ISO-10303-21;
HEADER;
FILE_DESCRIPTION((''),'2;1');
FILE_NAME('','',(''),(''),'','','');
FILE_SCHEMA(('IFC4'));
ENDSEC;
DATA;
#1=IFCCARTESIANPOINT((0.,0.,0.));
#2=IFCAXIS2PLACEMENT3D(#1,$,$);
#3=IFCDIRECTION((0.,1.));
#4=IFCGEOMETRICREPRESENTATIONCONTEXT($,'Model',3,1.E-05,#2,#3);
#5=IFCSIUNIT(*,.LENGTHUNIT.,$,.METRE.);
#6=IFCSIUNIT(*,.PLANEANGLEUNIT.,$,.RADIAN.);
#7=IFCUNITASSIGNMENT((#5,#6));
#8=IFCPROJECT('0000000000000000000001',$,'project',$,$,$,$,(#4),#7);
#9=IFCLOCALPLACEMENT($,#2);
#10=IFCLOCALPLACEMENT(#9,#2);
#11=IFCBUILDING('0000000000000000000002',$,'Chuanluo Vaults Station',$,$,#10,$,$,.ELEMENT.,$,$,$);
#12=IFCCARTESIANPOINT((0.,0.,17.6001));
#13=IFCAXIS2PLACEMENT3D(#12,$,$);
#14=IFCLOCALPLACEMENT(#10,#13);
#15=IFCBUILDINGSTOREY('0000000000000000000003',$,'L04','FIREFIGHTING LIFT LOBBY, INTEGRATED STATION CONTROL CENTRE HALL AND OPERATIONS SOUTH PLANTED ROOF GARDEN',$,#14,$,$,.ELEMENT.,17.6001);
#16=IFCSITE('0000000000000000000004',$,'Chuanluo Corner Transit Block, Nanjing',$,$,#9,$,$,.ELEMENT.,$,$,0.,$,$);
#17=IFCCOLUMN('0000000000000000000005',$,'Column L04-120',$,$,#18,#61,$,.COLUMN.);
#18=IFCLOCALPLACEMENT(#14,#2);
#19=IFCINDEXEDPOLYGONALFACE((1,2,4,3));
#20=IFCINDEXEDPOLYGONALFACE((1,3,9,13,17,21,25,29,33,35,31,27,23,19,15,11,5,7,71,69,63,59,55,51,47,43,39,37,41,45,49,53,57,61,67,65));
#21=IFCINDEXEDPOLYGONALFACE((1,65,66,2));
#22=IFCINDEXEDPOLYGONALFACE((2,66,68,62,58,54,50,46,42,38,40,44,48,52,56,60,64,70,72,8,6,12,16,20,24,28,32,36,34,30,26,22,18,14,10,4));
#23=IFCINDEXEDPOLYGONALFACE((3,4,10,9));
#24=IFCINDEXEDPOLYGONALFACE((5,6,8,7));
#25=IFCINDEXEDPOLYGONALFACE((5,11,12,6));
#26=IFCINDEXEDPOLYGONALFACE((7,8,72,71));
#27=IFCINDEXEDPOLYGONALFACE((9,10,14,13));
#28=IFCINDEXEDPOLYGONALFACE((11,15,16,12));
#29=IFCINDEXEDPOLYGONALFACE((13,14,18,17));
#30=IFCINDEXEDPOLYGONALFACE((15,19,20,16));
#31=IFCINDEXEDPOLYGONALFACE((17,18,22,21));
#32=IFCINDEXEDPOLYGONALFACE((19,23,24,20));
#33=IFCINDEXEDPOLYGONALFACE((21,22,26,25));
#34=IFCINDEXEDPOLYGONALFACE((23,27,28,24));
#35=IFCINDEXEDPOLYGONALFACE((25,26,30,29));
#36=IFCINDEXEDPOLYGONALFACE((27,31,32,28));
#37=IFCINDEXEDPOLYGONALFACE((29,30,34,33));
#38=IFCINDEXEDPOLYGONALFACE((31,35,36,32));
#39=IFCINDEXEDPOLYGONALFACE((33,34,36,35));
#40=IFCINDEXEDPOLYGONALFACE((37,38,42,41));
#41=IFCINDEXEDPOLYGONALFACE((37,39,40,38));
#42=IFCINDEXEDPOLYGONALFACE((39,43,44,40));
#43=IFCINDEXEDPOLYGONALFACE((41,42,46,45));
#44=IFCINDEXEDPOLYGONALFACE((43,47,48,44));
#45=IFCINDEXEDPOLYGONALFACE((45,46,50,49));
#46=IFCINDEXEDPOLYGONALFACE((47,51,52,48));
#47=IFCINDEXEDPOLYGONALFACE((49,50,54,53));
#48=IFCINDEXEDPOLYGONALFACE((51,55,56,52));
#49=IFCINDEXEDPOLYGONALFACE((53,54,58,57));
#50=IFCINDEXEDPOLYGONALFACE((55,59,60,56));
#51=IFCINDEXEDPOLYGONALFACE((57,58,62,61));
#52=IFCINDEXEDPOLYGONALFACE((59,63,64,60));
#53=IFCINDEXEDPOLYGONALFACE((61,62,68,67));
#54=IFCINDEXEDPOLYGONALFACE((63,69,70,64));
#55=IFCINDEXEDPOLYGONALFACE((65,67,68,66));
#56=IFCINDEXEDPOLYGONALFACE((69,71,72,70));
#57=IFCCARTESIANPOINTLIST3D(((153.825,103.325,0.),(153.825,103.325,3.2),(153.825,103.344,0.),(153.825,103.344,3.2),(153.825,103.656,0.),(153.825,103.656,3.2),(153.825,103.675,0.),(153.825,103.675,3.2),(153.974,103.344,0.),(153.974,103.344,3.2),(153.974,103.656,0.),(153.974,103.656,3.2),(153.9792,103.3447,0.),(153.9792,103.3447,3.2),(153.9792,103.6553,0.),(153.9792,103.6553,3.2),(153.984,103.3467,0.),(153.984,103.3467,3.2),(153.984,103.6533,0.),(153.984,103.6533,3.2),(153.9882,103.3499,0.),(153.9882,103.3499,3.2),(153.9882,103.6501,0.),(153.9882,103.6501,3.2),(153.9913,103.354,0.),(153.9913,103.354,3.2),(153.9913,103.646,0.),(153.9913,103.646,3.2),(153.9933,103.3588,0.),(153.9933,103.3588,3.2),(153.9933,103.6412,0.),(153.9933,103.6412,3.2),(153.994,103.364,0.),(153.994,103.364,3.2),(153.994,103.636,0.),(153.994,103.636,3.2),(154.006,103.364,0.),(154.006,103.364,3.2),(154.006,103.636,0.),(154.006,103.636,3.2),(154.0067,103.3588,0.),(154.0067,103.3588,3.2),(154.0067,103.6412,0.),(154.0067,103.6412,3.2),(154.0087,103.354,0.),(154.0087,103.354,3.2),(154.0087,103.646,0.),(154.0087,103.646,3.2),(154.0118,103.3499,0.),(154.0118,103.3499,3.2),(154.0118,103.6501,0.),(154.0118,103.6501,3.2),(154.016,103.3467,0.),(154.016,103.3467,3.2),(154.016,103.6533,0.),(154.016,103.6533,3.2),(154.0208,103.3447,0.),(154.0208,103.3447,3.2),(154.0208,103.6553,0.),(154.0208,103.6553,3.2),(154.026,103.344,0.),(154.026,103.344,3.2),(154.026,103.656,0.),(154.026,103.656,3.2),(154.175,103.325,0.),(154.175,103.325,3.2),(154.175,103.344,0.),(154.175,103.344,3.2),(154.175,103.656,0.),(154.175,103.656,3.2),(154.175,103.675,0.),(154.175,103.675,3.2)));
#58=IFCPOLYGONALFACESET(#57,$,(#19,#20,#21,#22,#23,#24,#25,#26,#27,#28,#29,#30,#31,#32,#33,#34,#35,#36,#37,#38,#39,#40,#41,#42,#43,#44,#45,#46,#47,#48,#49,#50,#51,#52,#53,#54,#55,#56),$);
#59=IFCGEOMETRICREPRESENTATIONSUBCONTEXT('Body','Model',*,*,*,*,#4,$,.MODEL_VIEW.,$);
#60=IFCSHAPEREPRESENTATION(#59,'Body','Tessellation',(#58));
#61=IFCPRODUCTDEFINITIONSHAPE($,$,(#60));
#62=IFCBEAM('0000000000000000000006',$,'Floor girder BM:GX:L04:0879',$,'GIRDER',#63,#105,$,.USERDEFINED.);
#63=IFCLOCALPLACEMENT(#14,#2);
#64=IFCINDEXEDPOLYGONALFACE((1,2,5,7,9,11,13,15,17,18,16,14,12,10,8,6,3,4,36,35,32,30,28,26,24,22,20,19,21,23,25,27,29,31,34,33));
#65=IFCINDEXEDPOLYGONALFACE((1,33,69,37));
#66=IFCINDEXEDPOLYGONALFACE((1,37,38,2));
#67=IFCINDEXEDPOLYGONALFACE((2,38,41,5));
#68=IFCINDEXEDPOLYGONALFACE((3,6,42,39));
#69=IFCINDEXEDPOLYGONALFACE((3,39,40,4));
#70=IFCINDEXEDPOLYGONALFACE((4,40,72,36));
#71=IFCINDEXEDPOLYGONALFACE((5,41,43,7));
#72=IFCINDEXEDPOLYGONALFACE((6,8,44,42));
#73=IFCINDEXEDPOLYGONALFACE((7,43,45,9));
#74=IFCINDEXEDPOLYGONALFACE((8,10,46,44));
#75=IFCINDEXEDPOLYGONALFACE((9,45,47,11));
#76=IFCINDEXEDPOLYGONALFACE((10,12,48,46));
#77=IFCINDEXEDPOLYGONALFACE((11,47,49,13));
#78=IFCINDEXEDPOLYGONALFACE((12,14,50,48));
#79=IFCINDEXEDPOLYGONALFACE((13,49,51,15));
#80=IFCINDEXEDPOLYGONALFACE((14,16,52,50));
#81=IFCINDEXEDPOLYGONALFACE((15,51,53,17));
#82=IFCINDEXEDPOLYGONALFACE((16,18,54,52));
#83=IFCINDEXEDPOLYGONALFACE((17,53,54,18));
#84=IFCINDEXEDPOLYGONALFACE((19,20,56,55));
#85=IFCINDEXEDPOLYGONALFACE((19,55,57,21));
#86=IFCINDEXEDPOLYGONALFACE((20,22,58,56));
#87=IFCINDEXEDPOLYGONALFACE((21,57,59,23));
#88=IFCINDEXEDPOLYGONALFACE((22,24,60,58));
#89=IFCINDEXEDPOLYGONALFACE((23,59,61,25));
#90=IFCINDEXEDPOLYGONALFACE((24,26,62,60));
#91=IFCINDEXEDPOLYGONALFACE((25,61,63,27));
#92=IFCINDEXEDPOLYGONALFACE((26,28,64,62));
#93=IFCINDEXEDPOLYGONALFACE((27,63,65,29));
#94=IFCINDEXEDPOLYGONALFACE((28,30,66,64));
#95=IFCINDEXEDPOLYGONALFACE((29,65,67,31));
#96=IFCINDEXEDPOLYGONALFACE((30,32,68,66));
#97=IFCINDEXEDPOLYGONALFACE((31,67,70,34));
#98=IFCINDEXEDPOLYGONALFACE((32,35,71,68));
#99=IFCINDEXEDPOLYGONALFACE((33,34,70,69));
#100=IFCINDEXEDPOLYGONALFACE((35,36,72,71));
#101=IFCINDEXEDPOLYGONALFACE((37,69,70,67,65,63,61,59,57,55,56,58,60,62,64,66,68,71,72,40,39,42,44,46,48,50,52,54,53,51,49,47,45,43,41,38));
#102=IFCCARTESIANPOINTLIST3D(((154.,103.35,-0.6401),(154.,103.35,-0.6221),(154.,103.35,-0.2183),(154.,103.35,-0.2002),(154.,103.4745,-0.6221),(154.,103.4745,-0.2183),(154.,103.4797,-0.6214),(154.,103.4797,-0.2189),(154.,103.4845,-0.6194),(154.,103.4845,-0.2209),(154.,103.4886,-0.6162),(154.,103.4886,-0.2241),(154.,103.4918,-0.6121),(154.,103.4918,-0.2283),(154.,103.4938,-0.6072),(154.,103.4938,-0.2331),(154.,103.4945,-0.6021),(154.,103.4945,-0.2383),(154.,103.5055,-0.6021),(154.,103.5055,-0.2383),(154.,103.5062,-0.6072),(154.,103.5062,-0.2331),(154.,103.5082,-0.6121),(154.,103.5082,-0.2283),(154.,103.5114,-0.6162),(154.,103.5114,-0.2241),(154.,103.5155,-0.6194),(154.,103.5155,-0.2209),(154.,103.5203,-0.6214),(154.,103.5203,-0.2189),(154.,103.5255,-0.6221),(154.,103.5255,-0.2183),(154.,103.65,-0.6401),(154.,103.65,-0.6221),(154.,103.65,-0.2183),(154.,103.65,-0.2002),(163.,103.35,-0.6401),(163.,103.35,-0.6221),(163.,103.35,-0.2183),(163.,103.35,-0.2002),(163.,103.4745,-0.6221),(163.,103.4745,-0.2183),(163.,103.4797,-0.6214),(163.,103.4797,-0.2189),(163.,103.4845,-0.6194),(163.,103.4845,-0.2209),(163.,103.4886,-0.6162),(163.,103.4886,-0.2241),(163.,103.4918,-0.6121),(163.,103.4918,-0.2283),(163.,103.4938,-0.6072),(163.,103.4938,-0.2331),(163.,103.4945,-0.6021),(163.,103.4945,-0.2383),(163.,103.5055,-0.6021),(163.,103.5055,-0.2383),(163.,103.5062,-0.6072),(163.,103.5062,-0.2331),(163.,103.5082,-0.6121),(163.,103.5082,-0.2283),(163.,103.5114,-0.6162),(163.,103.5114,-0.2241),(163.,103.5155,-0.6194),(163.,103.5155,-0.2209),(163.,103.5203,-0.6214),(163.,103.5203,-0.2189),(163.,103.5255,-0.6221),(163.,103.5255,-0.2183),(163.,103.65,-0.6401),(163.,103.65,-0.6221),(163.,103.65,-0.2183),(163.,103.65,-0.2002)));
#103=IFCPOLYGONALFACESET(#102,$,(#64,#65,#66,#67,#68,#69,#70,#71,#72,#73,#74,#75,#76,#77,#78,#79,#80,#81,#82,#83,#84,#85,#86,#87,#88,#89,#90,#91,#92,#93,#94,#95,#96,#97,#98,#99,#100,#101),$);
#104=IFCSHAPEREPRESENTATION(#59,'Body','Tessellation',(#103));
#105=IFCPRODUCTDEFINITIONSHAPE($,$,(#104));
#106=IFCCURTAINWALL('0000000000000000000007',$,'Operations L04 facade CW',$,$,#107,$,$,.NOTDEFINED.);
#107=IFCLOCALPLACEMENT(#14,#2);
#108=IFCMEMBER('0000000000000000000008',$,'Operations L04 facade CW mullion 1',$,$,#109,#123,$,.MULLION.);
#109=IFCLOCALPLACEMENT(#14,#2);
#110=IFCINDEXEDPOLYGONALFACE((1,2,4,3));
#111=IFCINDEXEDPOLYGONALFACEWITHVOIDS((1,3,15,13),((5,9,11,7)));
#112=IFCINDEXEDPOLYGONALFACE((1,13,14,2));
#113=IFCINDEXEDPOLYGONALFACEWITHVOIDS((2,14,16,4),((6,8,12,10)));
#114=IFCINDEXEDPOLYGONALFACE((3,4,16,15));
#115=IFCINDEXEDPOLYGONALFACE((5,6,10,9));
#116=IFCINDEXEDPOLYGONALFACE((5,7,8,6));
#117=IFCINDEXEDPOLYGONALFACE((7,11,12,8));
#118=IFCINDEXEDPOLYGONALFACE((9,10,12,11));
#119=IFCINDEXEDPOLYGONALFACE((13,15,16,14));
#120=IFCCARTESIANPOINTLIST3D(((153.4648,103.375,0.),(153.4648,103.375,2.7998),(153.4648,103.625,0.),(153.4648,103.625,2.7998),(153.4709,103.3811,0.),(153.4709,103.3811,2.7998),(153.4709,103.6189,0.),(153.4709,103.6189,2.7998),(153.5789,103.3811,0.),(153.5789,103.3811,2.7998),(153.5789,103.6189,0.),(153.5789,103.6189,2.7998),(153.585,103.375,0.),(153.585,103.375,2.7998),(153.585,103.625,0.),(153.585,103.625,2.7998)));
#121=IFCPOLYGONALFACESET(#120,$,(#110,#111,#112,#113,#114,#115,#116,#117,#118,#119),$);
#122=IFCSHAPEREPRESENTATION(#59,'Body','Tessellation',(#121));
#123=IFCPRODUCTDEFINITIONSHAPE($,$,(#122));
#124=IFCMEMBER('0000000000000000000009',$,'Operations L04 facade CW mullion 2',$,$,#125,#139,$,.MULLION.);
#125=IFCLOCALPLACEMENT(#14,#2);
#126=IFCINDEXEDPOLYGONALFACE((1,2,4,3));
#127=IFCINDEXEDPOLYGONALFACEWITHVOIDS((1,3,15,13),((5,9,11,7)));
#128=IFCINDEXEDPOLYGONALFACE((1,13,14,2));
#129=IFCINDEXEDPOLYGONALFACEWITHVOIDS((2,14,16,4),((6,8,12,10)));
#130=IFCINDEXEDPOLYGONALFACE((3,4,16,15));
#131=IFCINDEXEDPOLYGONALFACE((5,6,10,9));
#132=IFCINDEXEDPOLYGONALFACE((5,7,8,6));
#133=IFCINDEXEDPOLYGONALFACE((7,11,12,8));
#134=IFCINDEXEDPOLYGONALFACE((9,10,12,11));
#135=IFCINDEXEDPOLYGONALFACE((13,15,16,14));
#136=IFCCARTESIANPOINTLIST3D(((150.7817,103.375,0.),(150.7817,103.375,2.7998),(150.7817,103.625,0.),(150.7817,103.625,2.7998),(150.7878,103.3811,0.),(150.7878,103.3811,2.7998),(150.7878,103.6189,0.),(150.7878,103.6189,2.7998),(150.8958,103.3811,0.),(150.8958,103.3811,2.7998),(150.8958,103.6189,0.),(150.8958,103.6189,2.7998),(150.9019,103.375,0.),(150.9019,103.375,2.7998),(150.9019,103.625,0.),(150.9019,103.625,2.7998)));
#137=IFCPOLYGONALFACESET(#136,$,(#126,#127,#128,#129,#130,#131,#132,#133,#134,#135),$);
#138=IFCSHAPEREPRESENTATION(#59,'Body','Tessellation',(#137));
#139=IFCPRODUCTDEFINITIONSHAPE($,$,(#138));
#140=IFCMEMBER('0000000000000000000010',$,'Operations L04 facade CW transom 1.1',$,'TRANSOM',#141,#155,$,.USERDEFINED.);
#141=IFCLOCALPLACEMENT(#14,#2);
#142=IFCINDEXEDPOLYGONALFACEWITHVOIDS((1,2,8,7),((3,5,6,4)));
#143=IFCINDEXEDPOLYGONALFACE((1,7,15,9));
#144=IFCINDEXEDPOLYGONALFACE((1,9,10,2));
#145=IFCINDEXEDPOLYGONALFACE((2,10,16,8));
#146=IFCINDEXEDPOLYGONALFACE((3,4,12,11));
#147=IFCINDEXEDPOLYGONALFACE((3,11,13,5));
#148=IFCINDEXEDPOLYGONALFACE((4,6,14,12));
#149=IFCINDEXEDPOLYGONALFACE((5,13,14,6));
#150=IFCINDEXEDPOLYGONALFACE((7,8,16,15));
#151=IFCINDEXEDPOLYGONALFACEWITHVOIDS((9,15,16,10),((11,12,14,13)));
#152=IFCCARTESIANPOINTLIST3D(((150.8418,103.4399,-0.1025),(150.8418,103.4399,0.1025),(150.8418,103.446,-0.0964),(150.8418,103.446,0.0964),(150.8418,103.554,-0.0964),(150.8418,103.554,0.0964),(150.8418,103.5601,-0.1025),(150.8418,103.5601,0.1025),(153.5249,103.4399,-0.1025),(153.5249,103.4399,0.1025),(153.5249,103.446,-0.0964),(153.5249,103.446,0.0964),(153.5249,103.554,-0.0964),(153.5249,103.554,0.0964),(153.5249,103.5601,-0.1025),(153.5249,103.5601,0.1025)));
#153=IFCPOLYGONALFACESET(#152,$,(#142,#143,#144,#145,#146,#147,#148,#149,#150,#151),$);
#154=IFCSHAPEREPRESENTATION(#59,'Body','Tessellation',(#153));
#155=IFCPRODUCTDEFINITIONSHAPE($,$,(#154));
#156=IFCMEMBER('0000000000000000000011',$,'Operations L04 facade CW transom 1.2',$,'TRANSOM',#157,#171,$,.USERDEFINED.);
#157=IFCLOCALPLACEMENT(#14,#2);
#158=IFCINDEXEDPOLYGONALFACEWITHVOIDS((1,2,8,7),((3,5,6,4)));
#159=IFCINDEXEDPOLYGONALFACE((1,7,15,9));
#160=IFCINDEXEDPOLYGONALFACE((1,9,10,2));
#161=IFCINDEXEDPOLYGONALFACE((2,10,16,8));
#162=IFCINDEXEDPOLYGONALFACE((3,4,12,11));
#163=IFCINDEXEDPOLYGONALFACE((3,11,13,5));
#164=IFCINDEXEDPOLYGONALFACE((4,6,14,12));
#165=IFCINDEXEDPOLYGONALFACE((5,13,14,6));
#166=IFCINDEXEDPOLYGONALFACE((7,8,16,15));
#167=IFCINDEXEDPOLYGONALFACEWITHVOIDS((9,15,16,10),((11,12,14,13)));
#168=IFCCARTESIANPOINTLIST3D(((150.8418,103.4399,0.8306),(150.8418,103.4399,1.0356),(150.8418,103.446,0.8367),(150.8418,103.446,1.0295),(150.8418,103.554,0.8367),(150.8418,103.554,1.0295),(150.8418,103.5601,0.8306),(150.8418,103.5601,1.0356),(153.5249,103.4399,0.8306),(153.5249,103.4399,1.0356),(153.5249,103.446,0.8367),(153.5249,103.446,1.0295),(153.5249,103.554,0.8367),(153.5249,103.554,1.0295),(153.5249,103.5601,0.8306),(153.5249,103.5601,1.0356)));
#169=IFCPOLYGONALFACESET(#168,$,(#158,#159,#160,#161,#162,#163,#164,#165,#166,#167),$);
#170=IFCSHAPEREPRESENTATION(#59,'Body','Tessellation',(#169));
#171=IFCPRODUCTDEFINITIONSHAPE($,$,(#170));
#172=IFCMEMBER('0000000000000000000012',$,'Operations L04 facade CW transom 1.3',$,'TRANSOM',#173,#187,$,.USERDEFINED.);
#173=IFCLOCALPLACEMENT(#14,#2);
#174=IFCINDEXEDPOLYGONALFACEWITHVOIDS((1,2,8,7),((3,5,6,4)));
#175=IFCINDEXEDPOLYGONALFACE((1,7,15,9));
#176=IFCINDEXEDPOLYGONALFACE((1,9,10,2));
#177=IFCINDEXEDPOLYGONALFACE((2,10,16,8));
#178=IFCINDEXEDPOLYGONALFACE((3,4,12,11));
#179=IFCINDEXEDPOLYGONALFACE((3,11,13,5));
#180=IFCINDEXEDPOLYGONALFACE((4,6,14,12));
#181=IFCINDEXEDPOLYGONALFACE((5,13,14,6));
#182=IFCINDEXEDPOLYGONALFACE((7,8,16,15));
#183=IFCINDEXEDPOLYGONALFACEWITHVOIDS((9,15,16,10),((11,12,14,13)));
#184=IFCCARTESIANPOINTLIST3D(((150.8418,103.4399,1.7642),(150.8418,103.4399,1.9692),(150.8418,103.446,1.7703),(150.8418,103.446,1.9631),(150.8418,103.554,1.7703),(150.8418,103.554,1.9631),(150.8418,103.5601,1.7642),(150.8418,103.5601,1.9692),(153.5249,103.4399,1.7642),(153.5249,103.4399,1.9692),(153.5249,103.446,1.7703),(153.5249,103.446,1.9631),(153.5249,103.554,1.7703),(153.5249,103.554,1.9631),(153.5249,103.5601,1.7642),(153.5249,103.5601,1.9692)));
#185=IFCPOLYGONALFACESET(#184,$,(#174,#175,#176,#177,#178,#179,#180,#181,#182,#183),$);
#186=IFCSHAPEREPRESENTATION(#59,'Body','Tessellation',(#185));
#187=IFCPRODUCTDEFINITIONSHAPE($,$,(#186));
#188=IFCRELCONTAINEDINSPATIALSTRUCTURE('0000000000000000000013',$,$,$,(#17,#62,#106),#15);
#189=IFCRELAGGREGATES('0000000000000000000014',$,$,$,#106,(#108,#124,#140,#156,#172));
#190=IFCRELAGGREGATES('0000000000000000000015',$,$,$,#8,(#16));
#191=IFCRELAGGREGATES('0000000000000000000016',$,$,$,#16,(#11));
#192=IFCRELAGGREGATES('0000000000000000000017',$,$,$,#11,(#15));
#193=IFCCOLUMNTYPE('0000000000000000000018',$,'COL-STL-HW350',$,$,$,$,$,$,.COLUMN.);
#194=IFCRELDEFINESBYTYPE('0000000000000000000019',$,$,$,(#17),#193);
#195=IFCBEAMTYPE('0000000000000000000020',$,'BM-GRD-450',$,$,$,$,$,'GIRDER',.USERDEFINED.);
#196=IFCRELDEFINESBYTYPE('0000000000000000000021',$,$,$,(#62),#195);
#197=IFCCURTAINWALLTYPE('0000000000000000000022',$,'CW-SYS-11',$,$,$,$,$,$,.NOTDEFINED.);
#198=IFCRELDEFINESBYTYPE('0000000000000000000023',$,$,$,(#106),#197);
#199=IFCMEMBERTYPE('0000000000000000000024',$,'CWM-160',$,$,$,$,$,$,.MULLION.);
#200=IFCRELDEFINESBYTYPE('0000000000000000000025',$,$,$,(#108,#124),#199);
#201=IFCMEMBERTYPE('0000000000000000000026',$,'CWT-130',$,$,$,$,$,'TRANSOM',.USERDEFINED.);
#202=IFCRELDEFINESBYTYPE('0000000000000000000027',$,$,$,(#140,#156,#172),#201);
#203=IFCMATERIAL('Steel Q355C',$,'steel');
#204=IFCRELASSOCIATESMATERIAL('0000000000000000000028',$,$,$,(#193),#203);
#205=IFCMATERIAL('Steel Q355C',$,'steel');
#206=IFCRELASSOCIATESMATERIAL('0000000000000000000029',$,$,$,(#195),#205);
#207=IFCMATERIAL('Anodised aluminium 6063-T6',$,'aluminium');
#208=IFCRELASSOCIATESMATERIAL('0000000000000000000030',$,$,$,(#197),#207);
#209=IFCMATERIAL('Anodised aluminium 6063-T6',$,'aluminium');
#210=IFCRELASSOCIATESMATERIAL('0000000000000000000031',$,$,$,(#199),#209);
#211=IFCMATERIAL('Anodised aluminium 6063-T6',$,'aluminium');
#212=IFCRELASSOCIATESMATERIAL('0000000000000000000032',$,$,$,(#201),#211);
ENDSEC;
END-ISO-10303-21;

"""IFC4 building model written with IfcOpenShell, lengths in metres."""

from ifc_helpers import new_model, si_unit, direction, frame, origin, origin_2d, place, context, subcontext, project, spatial, hollow_rectangle, i_section, extrude, material, material_profile, profile_set, type_object, element, aggregate, save


model = new_model("IFC4")

# Units and contexts
model_context = context("Model", 3, precision=1e-05, world=origin(), true_north=direction((0.0, 1.0)))
body_context = subcontext(model_context, "Body", "Model", "MODEL_VIEW")
ifc_project = project(units=[si_unit("LENGTHUNIT", "METRE"), si_unit("PLANEANGLEUNIT", "RADIAN")], contexts=[model_context])

# Site, building, storey
site_placement = place(None, origin())
site = spatial("IfcSite", under=ifc_project, at=site_placement, Name="Chuanluo Corner Transit Block, Nanjing", CompositionType="ELEMENT", RefElevation=0.0)
building_placement = place(site_placement, origin())
building = spatial("IfcBuilding", under=site, at=building_placement, Name="Chuanluo Vaults Station", CompositionType="ELEMENT")
storey_placement = place(building_placement, frame((0.0, 0.0, 17.6001)))
storey = spatial("IfcBuildingStorey", under=building, at=storey_placement, Name="L04", Description="FIREFIGHTING LIFT LOBBY, INTEGRATED STATION CONTROL CENTRE HALL AND OPERATIONS SOUTH PLANTED ROOF GARDEN", CompositionType="ELEMENT", Elevation=17.6001)

# Column
ifc_material_1 = material(Name="Steel Q355C", Category="steel")
ifc_material_profile_1 = material_profile(ifc_material_1, i_section(OverallWidth=0.3501, OverallDepth=0.3501, WebThickness=0.012, FlangeThickness=0.019, FilletRadius=0.02, at=origin_2d()))
ifc_profile_set_1 = profile_set([ifc_material_profile_1], Name="Steel Q355C")
column_type = type_object("IfcColumnType", Name="COL-STL-HW350", PredefinedType="COLUMN", material=ifc_profile_set_1)
column_placement = place(storey_placement, frame((154.0, 103.5, 0.0), z_axis=(0.0, 0.0, 1.0), x_axis=(1.0, 0.0, 0.0)))
element("IfcColumn", 1, at=column_placement, inside=storey, type_object=column_type, Name="Column L04-120", PredefinedType="COLUMN", context=body_context, shape_type="SweptSolid", body=[
    extrude(i_section(OverallWidth=0.3501, OverallDepth=0.3501, WebThickness=0.012, FlangeThickness=0.019, FilletRadius=0.02, at=origin_2d()), origin(), (0.0, 0.0, 1.0), 3.2),
])

# Beam
ifc_material_2 = material(Name="Steel Q355C", Category="steel")
ifc_material_profile_2 = material_profile(ifc_material_2, i_section(OverallWidth=0.3, OverallDepth=0.4399, WebThickness=0.011, FlangeThickness=0.0181, FilletRadius=0.02, at=origin_2d()))
ifc_profile_set_2 = profile_set([ifc_material_profile_2], Name="Steel Q355C")
beam_type = type_object("IfcBeamType", Name="BM-GRD-450", ElementType="GIRDER", PredefinedType="USERDEFINED", material=ifc_profile_set_2)
beam_placement = place(storey_placement, frame((154.0, 103.5, -0.4202), z_axis=(1.0, 0.0, 0.0), x_axis=(0.0, 1.0, 0.0)))
element("IfcBeam", 2, at=beam_placement, inside=storey, type_object=beam_type, Name="Floor girder BM:GX:L04:0879", ObjectType="GIRDER", PredefinedType="USERDEFINED", context=body_context, shape_type="SweptSolid", body=[
    extrude(i_section(OverallWidth=0.3, OverallDepth=0.4399, WebThickness=0.011, FlangeThickness=0.0181, FilletRadius=0.02, at=origin_2d()), origin(), (0.0, 0.0, 1.0), 9.0),
])

# Curtain wall, members
ifc_material_3 = material(Name="Anodised aluminium 6063-T6", Category="aluminium")
curtain_wall_type = type_object("IfcCurtainWallType", Name="CW-SYS-11", PredefinedType="NOTDEFINED", material=ifc_material_3)
curtain_wall_placement = place(storey_placement, origin())
curtain_wall = element("IfcCurtainWall", 3, at=curtain_wall_placement, inside=storey, type_object=curtain_wall_type, Name="Operations L04 facade CW", PredefinedType="NOTDEFINED")
ifc_material_4 = material(Name="Anodised aluminium 6063-T6", Category="aluminium")
ifc_material_profile_3 = material_profile(ifc_material_4, hollow_rectangle(XDim=0.1201, YDim=0.25, WallThickness=0.0061, at=origin_2d()))
ifc_profile_set_3 = profile_set([ifc_material_profile_3], Name="Anodised aluminium 6063-T6")
member_type_1 = type_object("IfcMemberType", Name="CWM-160", PredefinedType="MULLION", material=ifc_profile_set_3)
member_1_placement = place(storey_placement, frame((153.5249, 103.5, 0.0), z_axis=(0.0, 0.0, 1.0), x_axis=(-1.0, 0.0, 0.0)))
member_1 = element("IfcMember", 4, at=member_1_placement, type_object=member_type_1, Name="Operations L04 facade CW mullion 1", PredefinedType="MULLION", context=body_context, shape_type="SweptSolid", body=[
    extrude(hollow_rectangle(XDim=0.1201, YDim=0.25, WallThickness=0.0061, at=origin_2d()), origin(), (0.0, 0.0, 1.0), 2.7998),
])
member_2_placement = place(storey_placement, frame((150.8418, 103.5, 0.0), z_axis=(0.0, 0.0, 1.0), x_axis=(-1.0, 0.0, 0.0)))
member_2 = element("IfcMember", 5, at=member_2_placement, type_object=member_type_1, Name="Operations L04 facade CW mullion 2", PredefinedType="MULLION", context=body_context, shape_type="SweptSolid", body=[
    extrude(hollow_rectangle(XDim=0.1201, YDim=0.25, WallThickness=0.0061, at=origin_2d()), origin(), (0.0, 0.0, 1.0), 2.7998),
])
ifc_material_5 = material(Name="Anodised aluminium 6063-T6", Category="aluminium")
ifc_material_profile_4 = material_profile(ifc_material_5, hollow_rectangle(XDim=0.1201, YDim=0.2051, WallThickness=0.0061, at=origin_2d()))
ifc_profile_set_4 = profile_set([ifc_material_profile_4], Name="Anodised aluminium 6063-T6")
member_type_2 = type_object("IfcMemberType", Name="CWT-130", ElementType="TRANSOM", PredefinedType="USERDEFINED", material=ifc_profile_set_4)
member_3_placement = place(storey_placement, frame((153.5249, 103.5, 0.0), z_axis=(-1.0, 0.0, 0.0), x_axis=(0.0, -1.0, 0.0)))
member_3 = element("IfcMember", 6, at=member_3_placement, type_object=member_type_2, Name="Operations L04 facade CW transom 1.1", ObjectType="TRANSOM", PredefinedType="USERDEFINED", context=body_context, shape_type="SweptSolid", body=[
    extrude(hollow_rectangle(XDim=0.1201, YDim=0.2051, WallThickness=0.0061, at=origin_2d()), origin(), (0.0, 0.0, 1.0), 2.6831),
])
member_4_placement = place(storey_placement, frame((153.5249, 103.5, 0.9331), z_axis=(-1.0, 0.0, 0.0), x_axis=(0.0, -1.0, 0.0)))
member_4 = element("IfcMember", 7, at=member_4_placement, type_object=member_type_2, Name="Operations L04 facade CW transom 1.2", ObjectType="TRANSOM", PredefinedType="USERDEFINED", context=body_context, shape_type="SweptSolid", body=[
    extrude(hollow_rectangle(XDim=0.1201, YDim=0.2051, WallThickness=0.0061, at=origin_2d()), origin(), (0.0, 0.0, 1.0), 2.6831),
])
member_5_placement = place(storey_placement, frame((153.5249, 103.5, 1.8667), z_axis=(-1.0, 0.0, 0.0), x_axis=(0.0, -1.0, 0.0)))
member_5 = element("IfcMember", 8, at=member_5_placement, type_object=member_type_2, Name="Operations L04 facade CW transom 1.3", ObjectType="TRANSOM", PredefinedType="USERDEFINED", context=body_context, shape_type="SweptSolid", body=[
    extrude(hollow_rectangle(XDim=0.1201, YDim=0.2051, WallThickness=0.0061, at=origin_2d()), origin(), (0.0, 0.0, 1.0), 2.6831),
])
aggregate(curtain_wall, [member_1, member_2, member_3, member_4, member_5])

save(model, "model.ifc")
